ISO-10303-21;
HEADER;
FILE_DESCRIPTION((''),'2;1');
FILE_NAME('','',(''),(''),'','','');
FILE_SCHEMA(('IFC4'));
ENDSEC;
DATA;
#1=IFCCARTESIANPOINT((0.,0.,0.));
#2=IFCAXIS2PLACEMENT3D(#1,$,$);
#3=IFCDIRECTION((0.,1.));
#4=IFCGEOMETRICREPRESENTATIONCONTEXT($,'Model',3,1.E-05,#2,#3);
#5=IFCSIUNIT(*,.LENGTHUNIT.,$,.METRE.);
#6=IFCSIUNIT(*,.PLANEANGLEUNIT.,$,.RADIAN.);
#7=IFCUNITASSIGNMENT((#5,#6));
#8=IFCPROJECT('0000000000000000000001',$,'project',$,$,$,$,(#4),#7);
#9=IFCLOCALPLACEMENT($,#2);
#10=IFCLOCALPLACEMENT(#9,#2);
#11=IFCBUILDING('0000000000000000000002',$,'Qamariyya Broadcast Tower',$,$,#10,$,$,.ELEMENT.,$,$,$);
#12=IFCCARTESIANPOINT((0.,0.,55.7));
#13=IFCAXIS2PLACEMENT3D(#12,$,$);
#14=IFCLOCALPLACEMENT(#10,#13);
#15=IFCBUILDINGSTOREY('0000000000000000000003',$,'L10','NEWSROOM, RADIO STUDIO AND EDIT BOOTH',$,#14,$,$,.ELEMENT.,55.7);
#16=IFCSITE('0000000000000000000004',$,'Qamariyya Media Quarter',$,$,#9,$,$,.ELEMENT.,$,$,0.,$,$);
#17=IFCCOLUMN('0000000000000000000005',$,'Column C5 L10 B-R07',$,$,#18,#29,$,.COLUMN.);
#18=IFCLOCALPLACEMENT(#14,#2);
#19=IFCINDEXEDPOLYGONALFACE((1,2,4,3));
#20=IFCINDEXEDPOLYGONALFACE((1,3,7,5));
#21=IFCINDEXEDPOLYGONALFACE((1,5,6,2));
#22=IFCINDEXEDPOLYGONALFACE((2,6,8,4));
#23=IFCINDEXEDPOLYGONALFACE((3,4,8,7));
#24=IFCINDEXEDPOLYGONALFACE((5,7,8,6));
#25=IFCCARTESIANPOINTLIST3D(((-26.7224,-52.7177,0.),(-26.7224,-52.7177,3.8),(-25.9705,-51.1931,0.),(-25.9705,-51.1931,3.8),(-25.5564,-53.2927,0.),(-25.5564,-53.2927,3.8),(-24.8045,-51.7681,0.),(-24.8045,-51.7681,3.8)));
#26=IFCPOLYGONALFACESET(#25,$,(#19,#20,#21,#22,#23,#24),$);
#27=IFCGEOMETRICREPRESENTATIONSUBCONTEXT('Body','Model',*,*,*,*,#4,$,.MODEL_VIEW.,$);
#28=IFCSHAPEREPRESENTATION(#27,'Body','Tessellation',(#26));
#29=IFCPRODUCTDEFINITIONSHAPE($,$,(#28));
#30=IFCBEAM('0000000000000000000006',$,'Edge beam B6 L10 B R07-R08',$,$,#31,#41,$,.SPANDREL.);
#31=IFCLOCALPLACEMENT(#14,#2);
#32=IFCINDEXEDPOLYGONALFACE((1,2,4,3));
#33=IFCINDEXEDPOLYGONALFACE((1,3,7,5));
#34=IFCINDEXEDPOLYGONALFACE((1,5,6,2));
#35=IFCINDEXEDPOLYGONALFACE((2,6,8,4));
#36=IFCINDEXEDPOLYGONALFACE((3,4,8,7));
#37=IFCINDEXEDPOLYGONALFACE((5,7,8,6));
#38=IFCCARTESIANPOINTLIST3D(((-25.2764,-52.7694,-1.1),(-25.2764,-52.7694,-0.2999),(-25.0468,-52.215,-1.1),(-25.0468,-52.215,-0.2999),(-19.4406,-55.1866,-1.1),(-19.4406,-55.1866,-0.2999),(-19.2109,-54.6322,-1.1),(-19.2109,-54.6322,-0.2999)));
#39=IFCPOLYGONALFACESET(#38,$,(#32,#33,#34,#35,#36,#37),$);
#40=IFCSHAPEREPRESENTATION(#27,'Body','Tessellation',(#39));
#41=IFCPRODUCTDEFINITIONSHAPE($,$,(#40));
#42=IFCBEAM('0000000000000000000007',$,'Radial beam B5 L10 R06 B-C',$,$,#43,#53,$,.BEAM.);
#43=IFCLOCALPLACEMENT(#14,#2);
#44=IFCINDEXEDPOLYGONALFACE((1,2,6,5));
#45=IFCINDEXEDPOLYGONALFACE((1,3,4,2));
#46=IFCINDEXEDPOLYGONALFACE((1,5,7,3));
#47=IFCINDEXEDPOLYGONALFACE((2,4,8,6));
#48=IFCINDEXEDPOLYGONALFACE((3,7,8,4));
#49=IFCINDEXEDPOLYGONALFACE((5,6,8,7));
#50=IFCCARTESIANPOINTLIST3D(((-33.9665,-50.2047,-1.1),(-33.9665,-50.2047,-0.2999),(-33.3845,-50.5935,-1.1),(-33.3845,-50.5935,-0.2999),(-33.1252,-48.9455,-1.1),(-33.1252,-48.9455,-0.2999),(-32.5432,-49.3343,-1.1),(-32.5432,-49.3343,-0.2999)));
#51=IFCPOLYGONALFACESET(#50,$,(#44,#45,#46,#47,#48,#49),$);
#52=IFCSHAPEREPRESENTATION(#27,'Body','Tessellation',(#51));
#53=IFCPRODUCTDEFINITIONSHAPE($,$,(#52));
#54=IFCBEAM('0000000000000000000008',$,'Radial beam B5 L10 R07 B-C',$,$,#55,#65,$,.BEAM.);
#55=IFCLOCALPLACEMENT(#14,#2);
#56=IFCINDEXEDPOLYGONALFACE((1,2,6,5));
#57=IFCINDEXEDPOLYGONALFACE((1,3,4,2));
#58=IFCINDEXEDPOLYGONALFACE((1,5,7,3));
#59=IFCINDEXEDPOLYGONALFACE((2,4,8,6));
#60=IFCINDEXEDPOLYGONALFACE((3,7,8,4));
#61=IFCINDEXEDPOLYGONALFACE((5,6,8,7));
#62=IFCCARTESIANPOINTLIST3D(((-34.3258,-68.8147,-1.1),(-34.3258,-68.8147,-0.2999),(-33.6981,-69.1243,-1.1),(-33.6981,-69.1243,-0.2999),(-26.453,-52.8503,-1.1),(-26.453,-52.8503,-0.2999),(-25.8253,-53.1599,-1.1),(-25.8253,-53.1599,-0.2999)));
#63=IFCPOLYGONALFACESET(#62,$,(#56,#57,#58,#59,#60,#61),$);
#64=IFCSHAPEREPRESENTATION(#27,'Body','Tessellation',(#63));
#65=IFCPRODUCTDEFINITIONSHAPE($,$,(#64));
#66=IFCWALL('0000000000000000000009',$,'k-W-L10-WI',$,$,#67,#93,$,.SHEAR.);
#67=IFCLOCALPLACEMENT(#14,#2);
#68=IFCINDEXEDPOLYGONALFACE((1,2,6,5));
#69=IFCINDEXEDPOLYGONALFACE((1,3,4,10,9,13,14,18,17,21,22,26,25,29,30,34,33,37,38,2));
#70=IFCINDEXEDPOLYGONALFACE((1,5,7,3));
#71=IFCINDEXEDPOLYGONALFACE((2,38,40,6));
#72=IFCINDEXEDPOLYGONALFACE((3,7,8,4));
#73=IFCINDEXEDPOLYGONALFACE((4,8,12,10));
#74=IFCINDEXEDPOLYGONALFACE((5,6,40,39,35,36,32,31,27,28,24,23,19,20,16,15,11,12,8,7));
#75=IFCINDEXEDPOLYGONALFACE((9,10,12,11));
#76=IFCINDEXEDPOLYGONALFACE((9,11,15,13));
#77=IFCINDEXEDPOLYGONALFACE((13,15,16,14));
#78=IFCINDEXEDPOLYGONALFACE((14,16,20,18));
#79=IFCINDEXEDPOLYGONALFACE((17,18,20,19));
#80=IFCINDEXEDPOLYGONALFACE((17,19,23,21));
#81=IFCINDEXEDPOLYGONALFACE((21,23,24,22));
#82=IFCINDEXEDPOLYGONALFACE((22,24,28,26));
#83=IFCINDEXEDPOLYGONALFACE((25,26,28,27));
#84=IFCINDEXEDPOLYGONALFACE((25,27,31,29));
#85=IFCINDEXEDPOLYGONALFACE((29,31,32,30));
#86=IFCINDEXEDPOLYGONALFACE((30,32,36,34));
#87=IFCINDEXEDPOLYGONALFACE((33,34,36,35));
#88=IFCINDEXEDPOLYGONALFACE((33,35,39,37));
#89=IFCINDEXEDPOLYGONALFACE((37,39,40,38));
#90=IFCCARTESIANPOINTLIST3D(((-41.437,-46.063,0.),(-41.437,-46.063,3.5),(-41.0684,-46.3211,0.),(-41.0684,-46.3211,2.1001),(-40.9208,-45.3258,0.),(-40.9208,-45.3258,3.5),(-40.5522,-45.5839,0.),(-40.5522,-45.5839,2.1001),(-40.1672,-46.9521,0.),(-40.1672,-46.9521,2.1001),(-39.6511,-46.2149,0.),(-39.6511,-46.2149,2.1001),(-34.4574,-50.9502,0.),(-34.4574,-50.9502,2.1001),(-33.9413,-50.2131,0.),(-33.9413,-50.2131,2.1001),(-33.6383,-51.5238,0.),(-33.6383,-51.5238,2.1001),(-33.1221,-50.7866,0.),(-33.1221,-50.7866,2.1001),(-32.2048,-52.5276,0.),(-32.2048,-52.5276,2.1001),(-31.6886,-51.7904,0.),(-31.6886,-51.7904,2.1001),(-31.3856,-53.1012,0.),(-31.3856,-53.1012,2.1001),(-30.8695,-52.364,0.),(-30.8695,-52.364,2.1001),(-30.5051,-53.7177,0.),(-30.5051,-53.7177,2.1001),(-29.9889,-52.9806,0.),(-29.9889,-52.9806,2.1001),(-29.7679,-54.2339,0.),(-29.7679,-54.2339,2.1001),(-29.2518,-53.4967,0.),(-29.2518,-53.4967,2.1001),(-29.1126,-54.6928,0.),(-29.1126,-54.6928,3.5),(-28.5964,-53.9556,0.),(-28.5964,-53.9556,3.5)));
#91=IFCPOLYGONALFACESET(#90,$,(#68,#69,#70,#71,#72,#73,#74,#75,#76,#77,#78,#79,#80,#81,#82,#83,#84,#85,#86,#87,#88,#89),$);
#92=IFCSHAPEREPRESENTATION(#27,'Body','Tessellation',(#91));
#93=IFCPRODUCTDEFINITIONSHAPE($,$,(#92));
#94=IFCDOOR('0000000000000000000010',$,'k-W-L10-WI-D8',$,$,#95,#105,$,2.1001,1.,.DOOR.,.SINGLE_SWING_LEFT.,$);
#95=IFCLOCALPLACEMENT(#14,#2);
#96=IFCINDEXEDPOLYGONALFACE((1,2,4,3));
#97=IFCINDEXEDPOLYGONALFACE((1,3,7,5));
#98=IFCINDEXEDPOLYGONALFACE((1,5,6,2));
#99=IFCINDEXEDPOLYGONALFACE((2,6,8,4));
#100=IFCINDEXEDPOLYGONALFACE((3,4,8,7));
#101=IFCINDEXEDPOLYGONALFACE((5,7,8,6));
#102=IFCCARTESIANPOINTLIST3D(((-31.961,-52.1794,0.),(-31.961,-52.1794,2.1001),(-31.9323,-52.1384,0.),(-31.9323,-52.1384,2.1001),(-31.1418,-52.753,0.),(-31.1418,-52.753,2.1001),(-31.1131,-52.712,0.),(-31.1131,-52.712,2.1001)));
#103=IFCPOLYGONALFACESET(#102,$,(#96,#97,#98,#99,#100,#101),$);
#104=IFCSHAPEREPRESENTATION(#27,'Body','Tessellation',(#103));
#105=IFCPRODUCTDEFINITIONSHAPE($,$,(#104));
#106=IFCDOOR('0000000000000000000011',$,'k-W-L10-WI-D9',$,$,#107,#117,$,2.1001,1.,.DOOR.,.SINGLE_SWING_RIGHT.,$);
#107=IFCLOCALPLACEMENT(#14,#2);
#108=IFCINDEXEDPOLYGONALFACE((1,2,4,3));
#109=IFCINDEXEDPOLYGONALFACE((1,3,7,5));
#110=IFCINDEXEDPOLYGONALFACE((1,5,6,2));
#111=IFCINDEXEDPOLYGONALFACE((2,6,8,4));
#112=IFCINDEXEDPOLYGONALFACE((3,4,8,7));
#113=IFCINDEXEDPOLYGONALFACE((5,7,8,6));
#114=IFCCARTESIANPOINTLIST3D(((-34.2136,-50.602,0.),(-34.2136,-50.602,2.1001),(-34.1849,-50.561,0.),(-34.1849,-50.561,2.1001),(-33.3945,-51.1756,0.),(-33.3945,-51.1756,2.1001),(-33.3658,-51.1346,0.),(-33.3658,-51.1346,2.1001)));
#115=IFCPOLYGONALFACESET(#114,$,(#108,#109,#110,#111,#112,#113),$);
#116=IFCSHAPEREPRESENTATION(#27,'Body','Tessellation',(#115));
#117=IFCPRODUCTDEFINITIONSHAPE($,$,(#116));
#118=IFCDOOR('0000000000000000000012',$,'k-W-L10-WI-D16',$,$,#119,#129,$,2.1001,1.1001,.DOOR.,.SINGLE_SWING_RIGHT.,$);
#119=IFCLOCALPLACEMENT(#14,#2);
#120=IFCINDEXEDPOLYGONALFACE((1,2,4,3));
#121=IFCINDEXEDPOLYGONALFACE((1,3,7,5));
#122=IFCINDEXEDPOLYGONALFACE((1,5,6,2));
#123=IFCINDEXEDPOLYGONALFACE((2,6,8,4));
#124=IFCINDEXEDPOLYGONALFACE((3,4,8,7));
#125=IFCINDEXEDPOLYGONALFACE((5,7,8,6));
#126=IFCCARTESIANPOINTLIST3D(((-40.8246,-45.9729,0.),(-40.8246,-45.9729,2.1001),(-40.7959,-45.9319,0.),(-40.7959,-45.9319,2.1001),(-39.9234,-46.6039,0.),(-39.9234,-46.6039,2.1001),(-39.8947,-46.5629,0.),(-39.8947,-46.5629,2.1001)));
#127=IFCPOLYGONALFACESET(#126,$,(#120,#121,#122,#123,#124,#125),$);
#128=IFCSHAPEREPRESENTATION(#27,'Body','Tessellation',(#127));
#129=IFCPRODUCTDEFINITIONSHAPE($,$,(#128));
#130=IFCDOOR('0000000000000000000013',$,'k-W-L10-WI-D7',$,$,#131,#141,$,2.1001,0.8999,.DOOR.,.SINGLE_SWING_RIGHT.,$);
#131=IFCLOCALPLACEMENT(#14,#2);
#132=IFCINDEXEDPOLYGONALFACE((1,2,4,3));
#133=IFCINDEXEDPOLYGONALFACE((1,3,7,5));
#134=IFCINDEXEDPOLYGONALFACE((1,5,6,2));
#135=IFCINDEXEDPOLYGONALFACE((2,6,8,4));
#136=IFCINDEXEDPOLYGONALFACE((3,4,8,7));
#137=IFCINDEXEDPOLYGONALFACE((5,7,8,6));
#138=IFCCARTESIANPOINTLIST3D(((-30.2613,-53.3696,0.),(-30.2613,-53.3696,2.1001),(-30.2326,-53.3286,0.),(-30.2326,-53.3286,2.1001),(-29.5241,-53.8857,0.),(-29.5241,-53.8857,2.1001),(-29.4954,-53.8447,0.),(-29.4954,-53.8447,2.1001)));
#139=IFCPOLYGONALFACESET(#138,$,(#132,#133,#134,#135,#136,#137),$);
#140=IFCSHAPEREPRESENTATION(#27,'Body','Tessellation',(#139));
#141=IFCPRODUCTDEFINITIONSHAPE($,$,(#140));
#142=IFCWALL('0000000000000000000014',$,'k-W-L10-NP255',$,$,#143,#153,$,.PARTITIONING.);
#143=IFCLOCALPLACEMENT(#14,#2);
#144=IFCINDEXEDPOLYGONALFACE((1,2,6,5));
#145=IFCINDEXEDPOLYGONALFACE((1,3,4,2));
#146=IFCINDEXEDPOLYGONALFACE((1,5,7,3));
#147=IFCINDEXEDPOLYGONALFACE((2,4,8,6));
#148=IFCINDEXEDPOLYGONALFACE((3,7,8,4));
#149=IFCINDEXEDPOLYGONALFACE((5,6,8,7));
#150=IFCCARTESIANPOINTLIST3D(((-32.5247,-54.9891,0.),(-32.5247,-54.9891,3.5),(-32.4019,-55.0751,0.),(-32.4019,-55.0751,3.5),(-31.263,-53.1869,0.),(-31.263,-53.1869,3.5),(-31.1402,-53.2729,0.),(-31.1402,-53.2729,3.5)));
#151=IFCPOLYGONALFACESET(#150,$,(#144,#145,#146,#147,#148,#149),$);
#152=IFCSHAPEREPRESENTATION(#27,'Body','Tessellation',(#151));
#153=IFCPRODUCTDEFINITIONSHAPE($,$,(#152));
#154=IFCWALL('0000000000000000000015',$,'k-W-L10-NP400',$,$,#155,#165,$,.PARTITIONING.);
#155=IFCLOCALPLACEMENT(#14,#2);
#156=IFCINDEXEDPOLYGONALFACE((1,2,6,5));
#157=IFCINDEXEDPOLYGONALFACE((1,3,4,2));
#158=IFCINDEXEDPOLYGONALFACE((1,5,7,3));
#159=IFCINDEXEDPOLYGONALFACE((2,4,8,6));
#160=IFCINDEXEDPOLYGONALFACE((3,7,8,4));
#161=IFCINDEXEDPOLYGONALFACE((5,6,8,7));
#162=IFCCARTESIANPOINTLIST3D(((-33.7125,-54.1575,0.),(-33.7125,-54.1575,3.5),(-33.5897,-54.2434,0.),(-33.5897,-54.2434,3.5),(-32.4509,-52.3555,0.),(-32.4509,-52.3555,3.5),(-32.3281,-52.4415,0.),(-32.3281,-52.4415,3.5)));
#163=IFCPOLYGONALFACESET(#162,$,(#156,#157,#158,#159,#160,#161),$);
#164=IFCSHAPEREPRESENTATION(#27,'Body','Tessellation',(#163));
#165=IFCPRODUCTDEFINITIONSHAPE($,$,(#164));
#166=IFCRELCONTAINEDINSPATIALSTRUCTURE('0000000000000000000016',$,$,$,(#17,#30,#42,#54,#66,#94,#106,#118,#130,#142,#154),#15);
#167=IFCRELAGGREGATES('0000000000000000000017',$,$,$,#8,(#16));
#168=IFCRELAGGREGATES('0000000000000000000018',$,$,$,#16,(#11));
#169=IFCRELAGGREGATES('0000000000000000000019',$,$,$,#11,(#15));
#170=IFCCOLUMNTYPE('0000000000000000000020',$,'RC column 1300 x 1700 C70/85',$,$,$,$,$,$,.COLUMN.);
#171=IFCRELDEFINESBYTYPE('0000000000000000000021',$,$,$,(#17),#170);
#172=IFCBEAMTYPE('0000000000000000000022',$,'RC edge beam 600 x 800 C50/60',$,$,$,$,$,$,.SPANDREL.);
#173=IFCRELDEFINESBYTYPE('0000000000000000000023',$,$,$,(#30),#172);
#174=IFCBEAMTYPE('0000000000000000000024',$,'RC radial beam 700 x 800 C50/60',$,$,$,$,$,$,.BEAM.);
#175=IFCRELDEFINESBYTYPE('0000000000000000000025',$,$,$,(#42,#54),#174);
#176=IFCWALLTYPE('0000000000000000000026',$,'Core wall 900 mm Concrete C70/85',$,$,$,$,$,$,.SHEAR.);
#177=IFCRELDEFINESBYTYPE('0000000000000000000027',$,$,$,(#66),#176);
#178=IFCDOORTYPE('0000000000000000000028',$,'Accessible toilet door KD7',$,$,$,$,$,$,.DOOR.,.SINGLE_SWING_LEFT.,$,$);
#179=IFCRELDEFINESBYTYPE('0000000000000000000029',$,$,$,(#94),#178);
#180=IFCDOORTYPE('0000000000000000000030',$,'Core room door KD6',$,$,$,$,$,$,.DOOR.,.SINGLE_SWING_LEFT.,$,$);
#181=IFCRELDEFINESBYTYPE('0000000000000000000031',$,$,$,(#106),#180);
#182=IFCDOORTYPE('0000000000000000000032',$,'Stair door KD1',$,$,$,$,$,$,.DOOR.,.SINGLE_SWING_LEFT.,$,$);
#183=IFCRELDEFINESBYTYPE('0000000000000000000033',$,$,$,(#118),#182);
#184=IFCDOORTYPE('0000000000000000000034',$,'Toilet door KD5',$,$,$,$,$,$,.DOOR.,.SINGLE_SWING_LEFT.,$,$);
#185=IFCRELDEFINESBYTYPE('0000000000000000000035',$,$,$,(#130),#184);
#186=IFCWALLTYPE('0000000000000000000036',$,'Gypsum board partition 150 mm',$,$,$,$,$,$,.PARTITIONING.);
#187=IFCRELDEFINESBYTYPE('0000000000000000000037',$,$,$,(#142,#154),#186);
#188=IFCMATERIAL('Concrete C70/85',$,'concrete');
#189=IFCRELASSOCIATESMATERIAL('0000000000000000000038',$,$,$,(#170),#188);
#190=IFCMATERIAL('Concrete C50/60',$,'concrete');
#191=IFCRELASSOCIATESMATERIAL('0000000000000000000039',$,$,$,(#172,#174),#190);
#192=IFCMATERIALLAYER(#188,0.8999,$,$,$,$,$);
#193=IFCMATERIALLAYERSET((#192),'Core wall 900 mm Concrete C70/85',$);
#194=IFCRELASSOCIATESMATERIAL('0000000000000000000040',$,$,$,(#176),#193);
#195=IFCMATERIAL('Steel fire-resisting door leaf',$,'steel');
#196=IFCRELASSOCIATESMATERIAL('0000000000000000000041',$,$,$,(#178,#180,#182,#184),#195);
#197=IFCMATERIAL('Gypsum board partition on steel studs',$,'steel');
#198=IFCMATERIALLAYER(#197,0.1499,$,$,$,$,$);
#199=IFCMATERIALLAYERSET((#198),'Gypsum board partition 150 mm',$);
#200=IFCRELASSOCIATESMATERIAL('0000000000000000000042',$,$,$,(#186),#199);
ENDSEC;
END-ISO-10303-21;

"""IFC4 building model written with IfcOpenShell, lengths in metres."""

from ifc_helpers import new_model, si_unit, direction, frame, frame_2d, origin, origin_2d, place, context, subcontext, project, spatial, rectangle, extrude, material, layer, layer_set, material_profile, profile_set, type_object, element, fill, save


model = new_model("IFC4")

# Units and contexts
model_context = context("Model", 3, precision=1e-05, world=origin(), true_north=direction((0.0, 1.0)))
body_context = subcontext(model_context, "Body", "Model", "MODEL_VIEW")
ifc_project = project(units=[si_unit("LENGTHUNIT", "METRE"), si_unit("PLANEANGLEUNIT", "RADIAN")], contexts=[model_context])

# Site, building, storey
site_placement = place(None, origin())
site = spatial("IfcSite", under=ifc_project, at=site_placement, Name="Qamariyya Media Quarter", CompositionType="ELEMENT", RefElevation=0.0)
building_placement = place(site_placement, origin())
building = spatial("IfcBuilding", under=site, at=building_placement, Name="Qamariyya Broadcast Tower", CompositionType="ELEMENT")
storey_placement = place(building_placement, frame((0.0, 0.0, 55.7)))
storey = spatial("IfcBuildingStorey", under=building, at=storey_placement, Name="L10", Description="NEWSROOM, RADIO STUDIO AND EDIT BOOTH", CompositionType="ELEMENT", Elevation=55.7)

# Column
ifc_material_1 = material(Name="Concrete C70/85", Category="concrete")
ifc_material_profile_1 = material_profile(ifc_material_1, rectangle(XDim=1.3, YDim=1.7, at=origin_2d()))
ifc_profile_set_1 = profile_set([ifc_material_profile_1], Name="Concrete C70/85")
column_type = type_object("IfcColumnType", Name="RC column 1300 x 1700 C70/85", PredefinedType="COLUMN", material=ifc_profile_set_1)
column_placement = place(storey_placement, frame((-25.7634, -52.2429, 0.0), z_axis=(0.0, 0.0, 1.0), x_axis=(0.896873, -0.442289, 0.0)))
element("IfcColumn", 1, at=column_placement, inside=storey, type_object=column_type, Name="Column C5 L10 B-R07", PredefinedType="COLUMN", context=body_context, shape_type="SweptSolid", body=[
    extrude(rectangle(XDim=1.3, YDim=1.7, at=origin_2d()), origin(), (0.0, 0.0, 1.0), 3.8),
])

# Beams
ifc_material_2 = material(Name="Concrete C50/60", Category="concrete")
ifc_material_profile_2 = material_profile(ifc_material_2, rectangle(XDim=0.6001, YDim=0.8, at=origin_2d()))
ifc_profile_set_2 = profile_set([ifc_material_profile_2], Name="Concrete C50/60")
beam_type_1 = type_object("IfcBeamType", Name="RC edge beam 600 x 800 C50/60", PredefinedType="SPANDREL", material=ifc_profile_set_2)
beam_1_placement = place(storey_placement, frame((-25.1616, -52.4922, -0.7), z_axis=(0.923884, -0.382672, 0.0), x_axis=(0.382672, 0.923884, 0.0)))
element("IfcBeam", 2, at=beam_1_placement, inside=storey, type_object=beam_type_1, Name="Edge beam B6 L10 B R07-R08", PredefinedType="SPANDREL", context=body_context, shape_type="SweptSolid", body=[
    extrude(rectangle(XDim=0.6001, YDim=0.8, at=origin_2d()), origin(), (0.0, 0.0, 1.0), 6.3167),
])
ifc_material_profile_3 = material_profile(ifc_material_2, rectangle(XDim=0.7, YDim=0.8, at=origin_2d()))
ifc_profile_set_3 = profile_set([ifc_material_profile_3], Name="Concrete C50/60")
beam_type_2 = type_object("IfcBeamType", Name="RC radial beam 700 x 800 C50/60", PredefinedType="BEAM", material=ifc_profile_set_3)
beam_2_placement = place(storey_placement, frame((-32.8342, -49.1399, -0.7), z_axis=(-0.555518, -0.831504, 0.0), x_axis=(0.831504, -0.555518, 0.0)))
element("IfcBeam", 3, at=beam_2_placement, inside=storey, type_object=beam_type_2, Name="Radial beam B5 L10 R06 B-C", PredefinedType="BEAM", context=body_context, shape_type="SweptSolid", body=[
    extrude(rectangle(XDim=0.7, YDim=0.8, at=origin_2d()), origin(), (0.0, 0.0, 1.0), 1.5144),
])
beam_3_placement = place(storey_placement, frame((-26.1392, -53.0051, -0.7), z_axis=(-0.442291, -0.896872, 0.0), x_axis=(0.896872, -0.442291, 0.0)))
element("IfcBeam", 4, at=beam_3_placement, inside=storey, type_object=beam_type_2, Name="Radial beam B5 L10 R07 B-C", PredefinedType="BEAM", context=body_context, shape_type="SweptSolid", body=[
    extrude(rectangle(XDim=0.7, YDim=0.8, at=origin_2d()), origin(), (0.0, 0.0, 1.0), 17.8),
])

# Wall, openings, doors
ifc_layer_1 = layer(ifc_material_1, 0.8999)
ifc_layer_set_1 = layer_set([ifc_layer_1], Name="Core wall 900 mm Concrete C70/85")
wall_type_1 = type_object("IfcWallType", Name="Core wall 900 mm Concrete C70/85", PredefinedType="SHEAR", material=ifc_layer_set_1)
wall_1_placement = place(storey_placement, frame((-28.8545, -54.3242, 0.0), z_axis=(0.0, 0.0, 1.0), x_axis=(-0.819146, 0.573585, 0.0)))
wall_1 = element("IfcWall", 5, at=wall_1_placement, inside=storey, type_object=wall_type_1, Name="k-W-L10-WI", PredefinedType="SHEAR", context=body_context, shape_type="SweptSolid", body=[
    extrude(rectangle(XDim=15.0454, YDim=0.8999, at=frame_2d((7.5227, 0.0))), origin(), (0.0, 0.0, 1.0), 3.5),
])
opening_1_placement = place(wall_1_placement, frame((0.8, 0.0, 0.0)))
opening_1 = element("IfcOpeningElement", 6, at=opening_1_placement, cuts=wall_1, PredefinedType="OPENING", context=body_context, shape_type="SweptSolid", body=[
    extrude(rectangle(XDim=0.8999, YDim=2.1001, at=frame_2d((0.45, 1.05))), frame((0.0, 0.46, 0.0), z_axis=(0.0, -1.0, 0.0), x_axis=(1.0, 0.0, 0.0)), (0.0, 0.0, 1.0), 0.9199),
])
opening_2_placement = place(wall_1_placement, frame((2.7749, 0.0, 0.0)))
opening_2 = element("IfcOpeningElement", 7, at=opening_2_placement, cuts=wall_1, PredefinedType="OPENING", context=body_context, shape_type="SweptSolid", body=[
    extrude(rectangle(XDim=1.0, YDim=2.1001, at=frame_2d((0.5, 1.05))), frame((0.0, 0.46, 0.0), z_axis=(0.0, -1.0, 0.0), x_axis=(1.0, 0.0, 0.0)), (0.0, 0.0, 1.0), 0.9199),
])
opening_3_placement = place(wall_1_placement, frame((5.5249, 0.0, 0.0)))
opening_3 = element("IfcOpeningElement", 8, at=opening_3_placement, cuts=wall_1, PredefinedType="OPENING", context=body_context, shape_type="SweptSolid", body=[
    extrude(rectangle(XDim=1.0, YDim=2.1001, at=frame_2d((0.5, 1.05))), frame((0.0, 0.46, 0.0), z_axis=(0.0, -1.0, 0.0), x_axis=(1.0, 0.0, 0.0)), (0.0, 0.0, 1.0), 0.9199),
])
opening_4_placement = place(wall_1_placement, frame((13.4954, 0.0, 0.0)))
opening_4 = element("IfcOpeningElement", 9, at=opening_4_placement, cuts=wall_1, PredefinedType="OPENING", context=body_context, shape_type="SweptSolid", body=[
    extrude(rectangle(XDim=1.1001, YDim=2.1001, at=frame_2d((0.55, 1.05))), frame((0.0, 0.46, 0.0), z_axis=(0.0, -1.0, 0.0), x_axis=(1.0, 0.0, 0.0)), (0.0, 0.0, 1.0), 0.9199),
])
ifc_material_3 = material(Name="Steel fire-resisting door leaf", Category="steel")
door_type_1 = type_object("IfcDoorType", Name="Accessible toilet door KD7", OperationType="SINGLE_SWING_LEFT", PredefinedType="DOOR", material=ifc_material_3)
door_1_placement = place(opening_2_placement, origin())
door_1 = element("IfcDoor", 10, at=door_1_placement, inside=storey, type_object=door_type_1, Name="k-W-L10-WI-D8", OperationType="SINGLE_SWING_LEFT", OverallHeight=2.1001, OverallWidth=1.0, PredefinedType="DOOR", context=body_context, shape_type="SweptSolid", body=[
    extrude(rectangle(XDim=1.0, YDim=2.1001, at=frame_2d((0.5, 1.05))), frame((0.0, 0.0249, 0.0), z_axis=(0.0, -1.0, 0.0), x_axis=(1.0, 0.0, 0.0)), (0.0, 0.0, 1.0), 0.05),
])
fill(opening_2, door_1)
door_type_2 = type_object("IfcDoorType", Name="Core room door KD6", OperationType="SINGLE_SWING_LEFT", PredefinedType="DOOR", material=ifc_material_3)
door_2_placement = place(opening_3_placement, origin())
door_2 = element("IfcDoor", 11, at=door_2_placement, inside=storey, type_object=door_type_2, Name="k-W-L10-WI-D9", OperationType="SINGLE_SWING_RIGHT", OverallHeight=2.1001, OverallWidth=1.0, PredefinedType="DOOR", context=body_context, shape_type="SweptSolid", body=[
    extrude(rectangle(XDim=1.0, YDim=2.1001, at=frame_2d((0.5, 1.05))), frame((0.0, 0.0249, 0.0), z_axis=(0.0, -1.0, 0.0), x_axis=(1.0, 0.0, 0.0)), (0.0, 0.0, 1.0), 0.05),
])
fill(opening_3, door_2)
door_type_3 = type_object("IfcDoorType", Name="Stair door KD1", OperationType="SINGLE_SWING_LEFT", PredefinedType="DOOR", material=ifc_material_3)
door_3_placement = place(opening_4_placement, origin())
door_3 = element("IfcDoor", 12, at=door_3_placement, inside=storey, type_object=door_type_3, Name="k-W-L10-WI-D16", OperationType="SINGLE_SWING_RIGHT", OverallHeight=2.1001, OverallWidth=1.1001, PredefinedType="DOOR", context=body_context, shape_type="SweptSolid", body=[
    extrude(rectangle(XDim=1.1001, YDim=2.1001, at=frame_2d((0.55, 1.05))), frame((0.0, 0.0249, 0.0), z_axis=(0.0, -1.0, 0.0), x_axis=(1.0, 0.0, 0.0)), (0.0, 0.0, 1.0), 0.05),
])
fill(opening_4, door_3)
door_type_4 = type_object("IfcDoorType", Name="Toilet door KD5", OperationType="SINGLE_SWING_LEFT", PredefinedType="DOOR", material=ifc_material_3)
door_4_placement = place(opening_1_placement, origin())
door_4 = element("IfcDoor", 13, at=door_4_placement, inside=storey, type_object=door_type_4, Name="k-W-L10-WI-D7", OperationType="SINGLE_SWING_RIGHT", OverallHeight=2.1001, OverallWidth=0.8999, PredefinedType="DOOR", context=body_context, shape_type="SweptSolid", body=[
    extrude(rectangle(XDim=0.8999, YDim=2.1001, at=frame_2d((0.45, 1.05))), frame((0.0, 0.0249, 0.0), z_axis=(0.0, -1.0, 0.0), x_axis=(1.0, 0.0, 0.0)), (0.0, 0.0, 1.0), 0.05),
])
fill(opening_1, door_4)

# Walls
ifc_material_4 = material(Name="Gypsum board partition on steel studs", Category="steel")
ifc_layer_2 = layer(ifc_material_4, 0.1499)
ifc_layer_set_2 = layer_set([ifc_layer_2], Name="Gypsum board partition 150 mm")
wall_type_2 = type_object("IfcWallType", Name="Gypsum board partition 150 mm", PredefinedType="PARTITIONING", material=ifc_layer_set_2)
wall_2_placement = place(storey_placement, frame((-32.4634, -55.0322, 0.0), z_axis=(0.0, 0.0, 1.0), x_axis=(0.573507, 0.819201, 0.0)))
element("IfcWall", 14, at=wall_2_placement, inside=storey, type_object=wall_type_2, Name="k-W-L10-NP255", PredefinedType="PARTITIONING", context=body_context, shape_type="SweptSolid", body=[
    extrude(rectangle(XDim=2.2, YDim=0.1499, at=frame_2d((1.1001, 0.0))), origin(), (0.0, 0.0, 1.0), 3.5),
])
wall_3_placement = place(storey_placement, frame((-33.6511, -54.2004, 0.0), z_axis=(0.0, 0.0, 1.0), x_axis=(0.573559, 0.819164, 0.0)))
element("IfcWall", 15, at=wall_3_placement, inside=storey, type_object=wall_type_2, Name="k-W-L10-NP400", PredefinedType="PARTITIONING", context=body_context, shape_type="SweptSolid", body=[
    extrude(rectangle(XDim=2.1997, YDim=0.1499, at=frame_2d((1.0999, 0.0))), origin(), (0.0, 0.0, 1.0), 3.5),
])

save(model, "model.ifc")
